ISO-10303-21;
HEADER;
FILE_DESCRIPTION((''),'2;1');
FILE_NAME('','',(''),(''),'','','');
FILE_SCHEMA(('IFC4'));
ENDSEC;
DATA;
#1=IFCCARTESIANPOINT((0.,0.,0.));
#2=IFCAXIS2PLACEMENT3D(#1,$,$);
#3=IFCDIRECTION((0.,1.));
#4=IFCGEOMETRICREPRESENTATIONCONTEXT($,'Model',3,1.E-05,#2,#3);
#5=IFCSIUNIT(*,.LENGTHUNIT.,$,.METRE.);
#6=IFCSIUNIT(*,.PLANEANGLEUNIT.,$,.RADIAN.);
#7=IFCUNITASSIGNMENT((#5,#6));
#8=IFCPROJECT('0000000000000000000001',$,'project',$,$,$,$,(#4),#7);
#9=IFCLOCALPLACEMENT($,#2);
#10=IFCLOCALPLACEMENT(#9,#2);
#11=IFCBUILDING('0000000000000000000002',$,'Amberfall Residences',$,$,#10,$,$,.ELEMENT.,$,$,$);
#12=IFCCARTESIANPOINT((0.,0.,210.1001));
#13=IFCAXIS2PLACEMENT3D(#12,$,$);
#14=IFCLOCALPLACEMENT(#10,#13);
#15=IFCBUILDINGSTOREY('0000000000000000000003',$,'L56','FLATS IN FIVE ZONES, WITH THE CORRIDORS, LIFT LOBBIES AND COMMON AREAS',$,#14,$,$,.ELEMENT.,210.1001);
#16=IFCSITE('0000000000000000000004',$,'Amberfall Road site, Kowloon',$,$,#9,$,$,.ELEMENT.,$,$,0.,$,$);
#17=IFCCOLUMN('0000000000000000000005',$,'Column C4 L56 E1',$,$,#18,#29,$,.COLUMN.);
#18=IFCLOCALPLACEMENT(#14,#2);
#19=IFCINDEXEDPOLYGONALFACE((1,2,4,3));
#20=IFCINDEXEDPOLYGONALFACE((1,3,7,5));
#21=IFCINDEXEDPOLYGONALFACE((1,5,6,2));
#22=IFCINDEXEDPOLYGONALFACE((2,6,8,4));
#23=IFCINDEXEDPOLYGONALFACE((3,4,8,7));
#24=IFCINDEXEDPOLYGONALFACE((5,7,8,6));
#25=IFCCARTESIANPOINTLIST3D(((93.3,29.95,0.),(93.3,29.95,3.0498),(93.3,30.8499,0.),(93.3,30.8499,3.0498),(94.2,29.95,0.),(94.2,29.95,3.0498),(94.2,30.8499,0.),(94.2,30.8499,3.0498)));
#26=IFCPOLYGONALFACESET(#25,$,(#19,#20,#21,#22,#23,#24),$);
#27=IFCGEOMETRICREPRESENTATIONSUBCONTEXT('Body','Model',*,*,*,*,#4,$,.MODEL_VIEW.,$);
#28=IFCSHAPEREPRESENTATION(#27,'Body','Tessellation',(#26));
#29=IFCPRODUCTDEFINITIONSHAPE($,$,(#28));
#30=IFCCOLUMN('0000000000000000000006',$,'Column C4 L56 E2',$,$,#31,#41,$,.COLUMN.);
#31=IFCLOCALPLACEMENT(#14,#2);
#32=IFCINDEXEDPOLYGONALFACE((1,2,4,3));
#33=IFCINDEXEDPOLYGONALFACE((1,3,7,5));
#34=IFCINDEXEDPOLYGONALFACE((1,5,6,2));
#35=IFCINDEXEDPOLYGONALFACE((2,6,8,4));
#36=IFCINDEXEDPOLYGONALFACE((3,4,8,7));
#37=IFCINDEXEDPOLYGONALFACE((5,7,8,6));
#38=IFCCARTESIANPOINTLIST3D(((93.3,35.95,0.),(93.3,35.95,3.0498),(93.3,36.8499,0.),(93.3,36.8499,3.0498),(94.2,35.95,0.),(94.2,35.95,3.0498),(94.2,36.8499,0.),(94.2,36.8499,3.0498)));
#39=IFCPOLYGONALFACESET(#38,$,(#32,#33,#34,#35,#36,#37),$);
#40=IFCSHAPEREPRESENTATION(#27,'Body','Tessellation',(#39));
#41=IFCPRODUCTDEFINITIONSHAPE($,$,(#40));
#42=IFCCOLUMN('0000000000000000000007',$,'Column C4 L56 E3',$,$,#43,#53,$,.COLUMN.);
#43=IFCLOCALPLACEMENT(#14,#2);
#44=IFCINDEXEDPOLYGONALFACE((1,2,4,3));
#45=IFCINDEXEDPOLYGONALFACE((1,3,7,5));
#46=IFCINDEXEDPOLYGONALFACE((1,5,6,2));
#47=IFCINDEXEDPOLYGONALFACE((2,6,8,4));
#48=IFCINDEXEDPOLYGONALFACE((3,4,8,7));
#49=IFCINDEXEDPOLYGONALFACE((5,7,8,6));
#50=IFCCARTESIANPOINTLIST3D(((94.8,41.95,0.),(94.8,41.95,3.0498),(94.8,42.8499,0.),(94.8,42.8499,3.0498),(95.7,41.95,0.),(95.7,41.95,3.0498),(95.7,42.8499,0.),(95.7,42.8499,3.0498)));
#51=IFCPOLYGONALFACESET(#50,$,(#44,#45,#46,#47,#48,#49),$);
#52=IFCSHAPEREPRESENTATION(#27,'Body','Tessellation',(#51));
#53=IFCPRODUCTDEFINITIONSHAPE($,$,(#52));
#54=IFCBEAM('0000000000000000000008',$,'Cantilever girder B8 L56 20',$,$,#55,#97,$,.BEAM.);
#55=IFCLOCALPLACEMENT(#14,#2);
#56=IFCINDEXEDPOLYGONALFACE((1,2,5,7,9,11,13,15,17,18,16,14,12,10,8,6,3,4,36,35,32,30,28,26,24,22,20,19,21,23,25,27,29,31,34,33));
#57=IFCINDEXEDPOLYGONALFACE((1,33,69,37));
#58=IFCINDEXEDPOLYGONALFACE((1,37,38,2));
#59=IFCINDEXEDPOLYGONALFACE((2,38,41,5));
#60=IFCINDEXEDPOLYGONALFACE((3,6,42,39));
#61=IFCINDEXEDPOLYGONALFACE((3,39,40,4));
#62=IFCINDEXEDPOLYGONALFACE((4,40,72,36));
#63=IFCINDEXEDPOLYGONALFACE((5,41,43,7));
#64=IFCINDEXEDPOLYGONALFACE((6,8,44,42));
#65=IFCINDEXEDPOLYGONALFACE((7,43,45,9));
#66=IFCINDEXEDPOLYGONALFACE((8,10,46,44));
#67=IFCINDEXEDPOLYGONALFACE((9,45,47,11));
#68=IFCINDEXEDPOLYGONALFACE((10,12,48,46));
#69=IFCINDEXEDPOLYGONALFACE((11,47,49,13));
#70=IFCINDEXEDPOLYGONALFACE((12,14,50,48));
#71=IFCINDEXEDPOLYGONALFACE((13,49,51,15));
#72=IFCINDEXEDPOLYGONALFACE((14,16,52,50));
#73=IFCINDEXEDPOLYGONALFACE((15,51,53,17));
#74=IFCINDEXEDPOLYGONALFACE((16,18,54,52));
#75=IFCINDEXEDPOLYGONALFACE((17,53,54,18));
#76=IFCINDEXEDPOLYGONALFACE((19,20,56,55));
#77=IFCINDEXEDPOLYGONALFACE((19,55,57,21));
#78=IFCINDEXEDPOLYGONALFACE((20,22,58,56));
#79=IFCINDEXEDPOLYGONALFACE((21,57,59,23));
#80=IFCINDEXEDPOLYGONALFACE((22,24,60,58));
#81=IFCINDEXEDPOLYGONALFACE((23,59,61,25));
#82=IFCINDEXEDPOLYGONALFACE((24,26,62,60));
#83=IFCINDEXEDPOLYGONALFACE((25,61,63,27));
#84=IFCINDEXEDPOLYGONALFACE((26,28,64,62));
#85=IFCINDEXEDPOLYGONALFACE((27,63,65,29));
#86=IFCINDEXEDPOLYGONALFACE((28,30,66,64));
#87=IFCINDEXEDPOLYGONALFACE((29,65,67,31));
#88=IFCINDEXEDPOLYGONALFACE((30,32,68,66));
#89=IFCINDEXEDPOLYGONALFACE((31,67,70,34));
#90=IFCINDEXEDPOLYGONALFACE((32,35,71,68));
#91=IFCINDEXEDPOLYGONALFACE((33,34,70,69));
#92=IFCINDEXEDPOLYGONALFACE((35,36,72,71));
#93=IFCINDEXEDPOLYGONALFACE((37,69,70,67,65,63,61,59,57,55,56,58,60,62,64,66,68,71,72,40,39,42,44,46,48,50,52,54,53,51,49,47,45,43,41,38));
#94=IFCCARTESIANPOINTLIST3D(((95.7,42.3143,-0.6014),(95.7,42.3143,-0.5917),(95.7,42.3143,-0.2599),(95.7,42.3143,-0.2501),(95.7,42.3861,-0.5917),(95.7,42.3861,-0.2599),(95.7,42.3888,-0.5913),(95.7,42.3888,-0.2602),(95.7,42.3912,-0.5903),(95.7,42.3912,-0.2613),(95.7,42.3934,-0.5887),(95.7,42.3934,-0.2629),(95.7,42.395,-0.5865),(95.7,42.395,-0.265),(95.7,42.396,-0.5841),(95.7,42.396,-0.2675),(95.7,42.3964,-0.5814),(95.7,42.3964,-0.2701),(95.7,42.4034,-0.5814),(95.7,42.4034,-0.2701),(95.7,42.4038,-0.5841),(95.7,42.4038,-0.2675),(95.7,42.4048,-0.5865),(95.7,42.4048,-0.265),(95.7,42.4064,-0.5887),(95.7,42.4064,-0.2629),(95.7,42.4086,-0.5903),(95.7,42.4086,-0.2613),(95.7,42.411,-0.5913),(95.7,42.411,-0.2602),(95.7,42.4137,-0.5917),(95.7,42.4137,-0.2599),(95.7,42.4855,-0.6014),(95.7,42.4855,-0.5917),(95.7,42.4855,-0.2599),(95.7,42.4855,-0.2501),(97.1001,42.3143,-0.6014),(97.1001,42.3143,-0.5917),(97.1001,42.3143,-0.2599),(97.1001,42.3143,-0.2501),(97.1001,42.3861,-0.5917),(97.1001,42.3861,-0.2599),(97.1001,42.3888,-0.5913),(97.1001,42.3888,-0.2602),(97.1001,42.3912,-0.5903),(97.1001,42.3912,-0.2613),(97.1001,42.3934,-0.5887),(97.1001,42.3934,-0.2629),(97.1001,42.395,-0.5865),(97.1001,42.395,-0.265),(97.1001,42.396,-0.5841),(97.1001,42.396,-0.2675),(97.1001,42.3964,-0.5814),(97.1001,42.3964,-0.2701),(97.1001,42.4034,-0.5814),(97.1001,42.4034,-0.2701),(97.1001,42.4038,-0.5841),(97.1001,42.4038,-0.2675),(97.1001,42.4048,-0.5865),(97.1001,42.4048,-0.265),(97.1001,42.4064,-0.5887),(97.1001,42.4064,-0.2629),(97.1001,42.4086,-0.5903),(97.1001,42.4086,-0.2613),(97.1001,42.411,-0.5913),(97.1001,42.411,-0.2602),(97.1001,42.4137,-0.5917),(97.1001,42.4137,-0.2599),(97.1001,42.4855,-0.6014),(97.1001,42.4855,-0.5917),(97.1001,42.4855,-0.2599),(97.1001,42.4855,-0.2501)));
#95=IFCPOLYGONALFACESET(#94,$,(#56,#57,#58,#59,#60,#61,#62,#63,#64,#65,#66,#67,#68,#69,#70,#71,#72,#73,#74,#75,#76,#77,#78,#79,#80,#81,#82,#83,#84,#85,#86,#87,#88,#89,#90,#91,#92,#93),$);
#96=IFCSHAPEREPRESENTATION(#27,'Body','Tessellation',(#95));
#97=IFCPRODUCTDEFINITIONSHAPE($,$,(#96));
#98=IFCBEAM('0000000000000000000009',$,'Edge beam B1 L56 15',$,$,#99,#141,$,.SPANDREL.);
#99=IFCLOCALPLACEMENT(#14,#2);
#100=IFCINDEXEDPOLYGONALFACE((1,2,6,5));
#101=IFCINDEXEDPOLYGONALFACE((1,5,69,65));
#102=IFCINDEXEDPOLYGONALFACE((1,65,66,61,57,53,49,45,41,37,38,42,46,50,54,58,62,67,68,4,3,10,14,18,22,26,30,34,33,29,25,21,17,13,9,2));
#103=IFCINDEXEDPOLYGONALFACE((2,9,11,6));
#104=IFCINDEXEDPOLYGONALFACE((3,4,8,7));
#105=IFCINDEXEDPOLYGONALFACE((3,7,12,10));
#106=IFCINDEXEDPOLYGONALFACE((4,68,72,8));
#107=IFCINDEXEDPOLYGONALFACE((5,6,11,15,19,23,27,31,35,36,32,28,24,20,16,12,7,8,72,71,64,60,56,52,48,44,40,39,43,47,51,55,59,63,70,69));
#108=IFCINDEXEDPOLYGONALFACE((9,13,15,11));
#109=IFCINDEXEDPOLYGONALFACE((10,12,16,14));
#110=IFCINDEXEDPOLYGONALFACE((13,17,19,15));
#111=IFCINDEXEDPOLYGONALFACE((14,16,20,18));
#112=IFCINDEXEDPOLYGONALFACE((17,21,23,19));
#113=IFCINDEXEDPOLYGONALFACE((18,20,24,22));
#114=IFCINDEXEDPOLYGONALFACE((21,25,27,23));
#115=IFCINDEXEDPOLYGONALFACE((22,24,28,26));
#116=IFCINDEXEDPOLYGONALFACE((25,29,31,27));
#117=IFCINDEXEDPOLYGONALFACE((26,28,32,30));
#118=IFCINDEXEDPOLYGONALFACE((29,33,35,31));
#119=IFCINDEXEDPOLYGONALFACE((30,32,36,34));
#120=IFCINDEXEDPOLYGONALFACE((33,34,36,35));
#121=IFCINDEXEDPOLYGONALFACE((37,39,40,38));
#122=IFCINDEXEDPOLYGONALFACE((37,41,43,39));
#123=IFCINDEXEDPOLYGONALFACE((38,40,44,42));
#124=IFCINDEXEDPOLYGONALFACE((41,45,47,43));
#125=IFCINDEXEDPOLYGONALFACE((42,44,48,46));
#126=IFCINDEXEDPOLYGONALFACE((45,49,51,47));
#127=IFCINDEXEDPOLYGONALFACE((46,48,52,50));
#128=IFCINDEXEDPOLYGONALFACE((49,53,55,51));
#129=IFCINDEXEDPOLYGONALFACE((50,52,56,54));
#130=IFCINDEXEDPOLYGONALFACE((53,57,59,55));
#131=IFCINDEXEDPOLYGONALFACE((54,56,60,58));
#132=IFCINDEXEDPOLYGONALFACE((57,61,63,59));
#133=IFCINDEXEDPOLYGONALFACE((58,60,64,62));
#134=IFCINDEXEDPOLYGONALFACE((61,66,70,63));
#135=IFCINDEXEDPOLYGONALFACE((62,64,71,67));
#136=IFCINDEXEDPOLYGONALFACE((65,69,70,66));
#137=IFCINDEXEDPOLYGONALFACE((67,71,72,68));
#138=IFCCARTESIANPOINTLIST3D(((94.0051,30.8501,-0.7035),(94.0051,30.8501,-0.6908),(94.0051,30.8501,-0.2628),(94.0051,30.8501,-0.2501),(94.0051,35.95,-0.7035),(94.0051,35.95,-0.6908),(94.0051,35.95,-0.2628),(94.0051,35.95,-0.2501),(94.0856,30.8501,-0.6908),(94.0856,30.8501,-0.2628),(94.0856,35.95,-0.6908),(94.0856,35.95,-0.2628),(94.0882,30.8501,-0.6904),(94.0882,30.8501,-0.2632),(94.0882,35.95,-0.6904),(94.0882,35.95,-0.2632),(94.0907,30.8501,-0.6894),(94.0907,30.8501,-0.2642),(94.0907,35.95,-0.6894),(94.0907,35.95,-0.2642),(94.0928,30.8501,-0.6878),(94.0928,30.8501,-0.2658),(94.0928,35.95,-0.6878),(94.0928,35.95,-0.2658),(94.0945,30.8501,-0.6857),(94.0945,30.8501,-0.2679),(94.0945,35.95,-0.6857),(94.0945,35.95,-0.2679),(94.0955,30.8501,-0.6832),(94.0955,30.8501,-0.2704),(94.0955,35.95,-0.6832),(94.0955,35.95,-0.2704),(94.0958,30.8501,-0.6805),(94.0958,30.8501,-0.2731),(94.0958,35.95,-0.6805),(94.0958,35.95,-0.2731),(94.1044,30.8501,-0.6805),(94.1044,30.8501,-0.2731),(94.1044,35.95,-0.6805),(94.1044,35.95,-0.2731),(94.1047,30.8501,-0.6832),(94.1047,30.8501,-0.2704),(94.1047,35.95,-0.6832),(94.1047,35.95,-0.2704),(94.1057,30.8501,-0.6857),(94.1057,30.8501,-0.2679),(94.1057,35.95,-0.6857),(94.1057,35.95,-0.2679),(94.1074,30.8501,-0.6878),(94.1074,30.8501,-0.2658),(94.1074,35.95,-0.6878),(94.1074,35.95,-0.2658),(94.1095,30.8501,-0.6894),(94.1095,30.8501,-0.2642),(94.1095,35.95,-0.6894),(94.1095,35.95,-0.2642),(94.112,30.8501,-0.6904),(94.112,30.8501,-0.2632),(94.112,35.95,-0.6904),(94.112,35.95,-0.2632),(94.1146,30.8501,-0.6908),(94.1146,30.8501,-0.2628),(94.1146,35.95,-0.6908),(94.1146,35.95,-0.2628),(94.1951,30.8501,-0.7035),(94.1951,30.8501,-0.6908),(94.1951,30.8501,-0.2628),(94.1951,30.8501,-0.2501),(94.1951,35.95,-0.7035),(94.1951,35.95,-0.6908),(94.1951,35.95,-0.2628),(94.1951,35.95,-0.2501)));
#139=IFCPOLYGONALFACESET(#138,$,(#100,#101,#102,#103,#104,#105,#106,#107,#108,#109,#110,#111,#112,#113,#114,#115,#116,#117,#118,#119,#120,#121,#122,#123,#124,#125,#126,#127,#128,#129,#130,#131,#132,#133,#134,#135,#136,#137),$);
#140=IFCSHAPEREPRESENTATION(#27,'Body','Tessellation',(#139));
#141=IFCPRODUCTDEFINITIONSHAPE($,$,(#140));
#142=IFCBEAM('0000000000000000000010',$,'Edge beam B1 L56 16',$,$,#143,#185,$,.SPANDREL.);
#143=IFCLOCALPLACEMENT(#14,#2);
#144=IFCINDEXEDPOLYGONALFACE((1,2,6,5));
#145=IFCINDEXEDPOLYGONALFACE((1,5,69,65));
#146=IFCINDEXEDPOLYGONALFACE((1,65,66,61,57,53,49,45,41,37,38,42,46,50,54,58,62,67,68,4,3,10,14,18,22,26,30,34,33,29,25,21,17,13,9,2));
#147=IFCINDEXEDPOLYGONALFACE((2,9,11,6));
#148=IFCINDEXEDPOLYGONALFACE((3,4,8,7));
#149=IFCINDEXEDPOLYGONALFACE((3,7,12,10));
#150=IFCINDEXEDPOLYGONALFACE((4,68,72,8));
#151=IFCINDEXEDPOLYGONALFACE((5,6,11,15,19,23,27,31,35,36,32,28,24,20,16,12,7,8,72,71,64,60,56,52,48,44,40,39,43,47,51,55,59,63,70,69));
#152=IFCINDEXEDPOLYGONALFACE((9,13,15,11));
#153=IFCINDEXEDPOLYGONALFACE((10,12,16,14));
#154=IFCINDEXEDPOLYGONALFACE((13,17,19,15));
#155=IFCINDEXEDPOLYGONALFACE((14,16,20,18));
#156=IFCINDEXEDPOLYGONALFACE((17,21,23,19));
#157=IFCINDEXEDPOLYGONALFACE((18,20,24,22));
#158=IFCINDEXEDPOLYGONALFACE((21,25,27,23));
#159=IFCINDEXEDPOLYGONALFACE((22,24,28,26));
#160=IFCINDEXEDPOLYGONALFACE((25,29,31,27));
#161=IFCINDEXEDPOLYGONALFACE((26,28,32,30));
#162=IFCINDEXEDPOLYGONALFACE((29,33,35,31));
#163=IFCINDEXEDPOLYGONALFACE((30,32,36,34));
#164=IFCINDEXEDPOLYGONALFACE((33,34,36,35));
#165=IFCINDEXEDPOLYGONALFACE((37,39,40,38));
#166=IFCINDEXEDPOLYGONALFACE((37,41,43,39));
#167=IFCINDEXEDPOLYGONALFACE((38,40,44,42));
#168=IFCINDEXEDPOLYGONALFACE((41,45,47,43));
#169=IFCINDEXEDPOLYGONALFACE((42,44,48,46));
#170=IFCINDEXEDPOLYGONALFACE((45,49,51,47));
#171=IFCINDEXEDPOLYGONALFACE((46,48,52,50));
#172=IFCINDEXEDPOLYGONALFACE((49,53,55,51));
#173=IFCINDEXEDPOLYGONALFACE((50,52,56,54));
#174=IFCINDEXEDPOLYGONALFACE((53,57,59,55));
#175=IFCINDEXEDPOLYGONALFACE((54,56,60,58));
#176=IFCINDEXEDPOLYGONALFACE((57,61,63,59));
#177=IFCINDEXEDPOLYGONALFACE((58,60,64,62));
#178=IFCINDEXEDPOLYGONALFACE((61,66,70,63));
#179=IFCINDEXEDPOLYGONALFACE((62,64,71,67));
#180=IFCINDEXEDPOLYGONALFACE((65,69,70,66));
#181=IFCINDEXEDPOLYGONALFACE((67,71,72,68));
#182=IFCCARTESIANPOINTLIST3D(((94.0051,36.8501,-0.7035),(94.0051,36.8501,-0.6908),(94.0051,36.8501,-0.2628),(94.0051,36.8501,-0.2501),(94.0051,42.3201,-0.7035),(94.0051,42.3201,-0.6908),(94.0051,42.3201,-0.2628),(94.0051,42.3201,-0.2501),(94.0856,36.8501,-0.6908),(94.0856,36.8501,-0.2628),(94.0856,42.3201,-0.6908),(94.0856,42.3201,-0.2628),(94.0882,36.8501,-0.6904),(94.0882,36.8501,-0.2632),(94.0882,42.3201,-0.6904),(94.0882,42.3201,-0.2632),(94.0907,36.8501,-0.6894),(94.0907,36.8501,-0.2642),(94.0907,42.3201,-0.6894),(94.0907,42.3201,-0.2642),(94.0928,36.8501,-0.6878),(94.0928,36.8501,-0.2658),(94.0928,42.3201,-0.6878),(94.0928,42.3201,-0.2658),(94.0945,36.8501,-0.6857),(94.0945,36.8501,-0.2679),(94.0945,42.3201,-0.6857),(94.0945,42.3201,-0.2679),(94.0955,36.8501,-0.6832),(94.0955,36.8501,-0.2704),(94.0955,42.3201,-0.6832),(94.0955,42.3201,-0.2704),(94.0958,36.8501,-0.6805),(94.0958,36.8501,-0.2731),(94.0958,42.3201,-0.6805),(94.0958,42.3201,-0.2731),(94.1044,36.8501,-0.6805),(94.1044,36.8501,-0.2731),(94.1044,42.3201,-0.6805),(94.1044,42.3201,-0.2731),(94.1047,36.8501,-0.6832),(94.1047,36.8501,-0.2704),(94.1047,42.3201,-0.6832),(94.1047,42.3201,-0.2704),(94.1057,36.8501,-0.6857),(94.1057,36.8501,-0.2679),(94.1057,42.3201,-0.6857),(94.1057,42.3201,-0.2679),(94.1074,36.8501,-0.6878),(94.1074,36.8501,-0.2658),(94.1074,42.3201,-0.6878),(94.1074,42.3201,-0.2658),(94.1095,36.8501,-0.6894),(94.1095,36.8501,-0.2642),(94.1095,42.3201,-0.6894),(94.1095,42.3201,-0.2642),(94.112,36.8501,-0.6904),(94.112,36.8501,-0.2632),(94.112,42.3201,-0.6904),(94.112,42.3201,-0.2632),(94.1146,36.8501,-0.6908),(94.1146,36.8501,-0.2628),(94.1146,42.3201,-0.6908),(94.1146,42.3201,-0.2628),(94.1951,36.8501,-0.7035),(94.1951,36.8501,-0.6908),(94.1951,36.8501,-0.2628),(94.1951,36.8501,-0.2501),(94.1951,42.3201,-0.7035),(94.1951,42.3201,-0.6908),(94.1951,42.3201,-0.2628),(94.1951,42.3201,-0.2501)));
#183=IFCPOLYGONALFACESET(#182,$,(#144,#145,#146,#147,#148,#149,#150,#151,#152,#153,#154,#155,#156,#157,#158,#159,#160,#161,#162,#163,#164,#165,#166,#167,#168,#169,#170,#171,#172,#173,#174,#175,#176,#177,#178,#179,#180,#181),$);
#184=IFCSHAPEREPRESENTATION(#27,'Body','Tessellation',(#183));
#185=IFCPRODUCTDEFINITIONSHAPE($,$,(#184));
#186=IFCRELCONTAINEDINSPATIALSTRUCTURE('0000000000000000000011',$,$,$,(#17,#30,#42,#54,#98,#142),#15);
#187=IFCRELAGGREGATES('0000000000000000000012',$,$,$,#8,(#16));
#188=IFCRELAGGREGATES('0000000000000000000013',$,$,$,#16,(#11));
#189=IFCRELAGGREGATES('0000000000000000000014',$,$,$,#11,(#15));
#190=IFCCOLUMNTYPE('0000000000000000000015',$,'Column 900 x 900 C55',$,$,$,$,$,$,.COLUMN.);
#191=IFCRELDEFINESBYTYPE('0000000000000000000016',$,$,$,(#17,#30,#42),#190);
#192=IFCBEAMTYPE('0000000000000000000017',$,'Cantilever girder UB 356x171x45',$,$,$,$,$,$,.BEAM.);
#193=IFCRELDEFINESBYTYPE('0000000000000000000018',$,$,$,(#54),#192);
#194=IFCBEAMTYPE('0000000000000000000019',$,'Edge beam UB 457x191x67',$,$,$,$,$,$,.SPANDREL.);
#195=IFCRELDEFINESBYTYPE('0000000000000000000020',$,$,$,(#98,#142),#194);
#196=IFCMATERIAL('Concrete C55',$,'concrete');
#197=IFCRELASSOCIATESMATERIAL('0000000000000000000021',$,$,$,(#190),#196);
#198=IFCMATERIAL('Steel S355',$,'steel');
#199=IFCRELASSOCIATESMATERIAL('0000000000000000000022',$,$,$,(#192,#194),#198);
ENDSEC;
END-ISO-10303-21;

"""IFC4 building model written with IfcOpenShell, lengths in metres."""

from ifc_helpers import new_model, si_unit, direction, frame, origin, origin_2d, place, context, subcontext, project, spatial, rectangle, i_section, extrude, material, material_profile, profile_set, type_object, element, save


model = new_model("IFC4")

# Units and contexts
model_context = context("Model", 3, precision=1e-05, world=origin(), true_north=direction((0.0, 1.0)))
body_context = subcontext(model_context, "Body", "Model", "MODEL_VIEW")
ifc_project = project(units=[si_unit("LENGTHUNIT", "METRE"), si_unit("PLANEANGLEUNIT", "RADIAN")], contexts=[model_context])

# Site, building, storey
site_placement = place(None, origin())
site = spatial("IfcSite", under=ifc_project, at=site_placement, Name="Amberfall Road site, Kowloon", CompositionType="ELEMENT", RefElevation=0.0)
building_placement = place(site_placement, origin())
building = spatial("IfcBuilding", under=site, at=building_placement, Name="Amberfall Residences", CompositionType="ELEMENT")
storey_placement = place(building_placement, frame((0.0, 0.0, 210.1001)))
storey = spatial("IfcBuildingStorey", under=building, at=storey_placement, Name="L56", Description="FLATS IN FIVE ZONES, WITH THE CORRIDORS, LIFT LOBBIES AND COMMON AREAS", CompositionType="ELEMENT", Elevation=210.1001)

# Columns
ifc_material_1 = material(Name="Concrete C55", Category="concrete")
ifc_material_profile_1 = material_profile(ifc_material_1, rectangle(XDim=0.8999, YDim=0.8999, at=origin_2d()), Name="Column 900 x 900 C55")
ifc_profile_set_1 = profile_set([ifc_material_profile_1], Name="Concrete C55")
column_type = type_object("IfcColumnType", Name="Column 900 x 900 C55", PredefinedType="COLUMN", material=ifc_profile_set_1)
for number, where, z_axis, x_axis, name in (
    (1, (93.75, 30.3999, 0.0), (0.0, 0.0, 1.0), (1.0, 0.0, 0.0), "Column C4 L56 E1"),
    (2, (93.75, 36.3999, 0.0), (0.0, 0.0, 1.0), (1.0, 0.0, 0.0), "Column C4 L56 E2"),
    (3, (95.25, 42.3999, 0.0), (0.0, 0.0, 1.0), (1.0, 0.0, 0.0), "Column C4 L56 E3"),
):
    element("IfcColumn", number, at=place(storey_placement, frame(where, z_axis=z_axis, x_axis=x_axis)), inside=storey, type_object=column_type, Name=name, PredefinedType="COLUMN", context=body_context, shape_type="SweptSolid", body=[
        extrude(rectangle(XDim=0.8999, YDim=0.8999, at=origin_2d()), origin(), (0.0, 0.0, 1.0), 3.0498),
    ])

# Beams
ifc_material_2 = material(Name="Steel S355", Category="steel")
ifc_material_profile_2 = material_profile(ifc_material_2, i_section(OverallWidth=0.1711, OverallDepth=0.3513, WebThickness=0.0071, FlangeThickness=0.0098, FilletRadius=0.0103, at=origin_2d()), Name="UB 356x171x45")
ifc_profile_set_2 = profile_set([ifc_material_profile_2], Name="Steel S355")
beam_type_1 = type_object("IfcBeamType", Name="Cantilever girder UB 356x171x45", PredefinedType="BEAM", material=ifc_profile_set_2)
beam_1_placement = place(storey_placement, frame((95.7, 42.3999, -0.4258), z_axis=(1.0, 0.0, 0.0), x_axis=(0.0, 1.0, 0.0)))
element("IfcBeam", 4, at=beam_1_placement, inside=storey, type_object=beam_type_1, Name="Cantilever girder B8 L56 20", PredefinedType="BEAM", context=body_context, shape_type="SweptSolid", body=[
    extrude(i_section(OverallWidth=0.1711, OverallDepth=0.3513, WebThickness=0.0071, FlangeThickness=0.0098, FilletRadius=0.0103, at=origin_2d()), origin(), (0.0, 0.0, 1.0), 1.4001),
])
ifc_material_profile_3 = material_profile(ifc_material_2, i_section(OverallWidth=0.1899, OverallDepth=0.4534, WebThickness=0.0085, FlangeThickness=0.0127, FilletRadius=0.0103, at=origin_2d()), Name="UB 457x191x67")
ifc_profile_set_3 = profile_set([ifc_material_profile_3], Name="Steel S355")
beam_type_2 = type_object("IfcBeamType", Name="Edge beam UB 457x191x67", PredefinedType="SPANDREL", material=ifc_profile_set_3)
beam_2_placement = place(storey_placement, frame((94.1001, 30.8501, -0.4768), z_axis=(0.0, 1.0, 0.0), x_axis=(-1.0, 0.0, 0.0)))
element("IfcBeam", 5, at=beam_2_placement, inside=storey, type_object=beam_type_2, Name="Edge beam B1 L56 15", PredefinedType="SPANDREL", context=body_context, shape_type="SweptSolid", body=[
    extrude(i_section(OverallWidth=0.1899, OverallDepth=0.4534, WebThickness=0.0085, FlangeThickness=0.0127, FilletRadius=0.0103, at=origin_2d()), origin(), (0.0, 0.0, 1.0), 5.0999),
])
for number, where, z_axis, x_axis, name in (
    (6, (94.1001, 36.8501, -0.4768), (0.0, 1.0, 0.0), (-1.0, 0.0, 0.0), "Edge beam B1 L56 16"),
):
    element("IfcBeam", number, at=place(storey_placement, frame(where, z_axis=z_axis, x_axis=x_axis)), inside=storey, type_object=beam_type_2, Name=name, PredefinedType="SPANDREL", context=body_context, shape_type="SweptSolid", body=[
        extrude(i_section(OverallWidth=0.1899, OverallDepth=0.4534, WebThickness=0.0085, FlangeThickness=0.0127, FilletRadius=0.0103, at=origin_2d()), origin(), (0.0, 0.0, 1.0), 5.47),
    ])

save(model, "model.ifc")
